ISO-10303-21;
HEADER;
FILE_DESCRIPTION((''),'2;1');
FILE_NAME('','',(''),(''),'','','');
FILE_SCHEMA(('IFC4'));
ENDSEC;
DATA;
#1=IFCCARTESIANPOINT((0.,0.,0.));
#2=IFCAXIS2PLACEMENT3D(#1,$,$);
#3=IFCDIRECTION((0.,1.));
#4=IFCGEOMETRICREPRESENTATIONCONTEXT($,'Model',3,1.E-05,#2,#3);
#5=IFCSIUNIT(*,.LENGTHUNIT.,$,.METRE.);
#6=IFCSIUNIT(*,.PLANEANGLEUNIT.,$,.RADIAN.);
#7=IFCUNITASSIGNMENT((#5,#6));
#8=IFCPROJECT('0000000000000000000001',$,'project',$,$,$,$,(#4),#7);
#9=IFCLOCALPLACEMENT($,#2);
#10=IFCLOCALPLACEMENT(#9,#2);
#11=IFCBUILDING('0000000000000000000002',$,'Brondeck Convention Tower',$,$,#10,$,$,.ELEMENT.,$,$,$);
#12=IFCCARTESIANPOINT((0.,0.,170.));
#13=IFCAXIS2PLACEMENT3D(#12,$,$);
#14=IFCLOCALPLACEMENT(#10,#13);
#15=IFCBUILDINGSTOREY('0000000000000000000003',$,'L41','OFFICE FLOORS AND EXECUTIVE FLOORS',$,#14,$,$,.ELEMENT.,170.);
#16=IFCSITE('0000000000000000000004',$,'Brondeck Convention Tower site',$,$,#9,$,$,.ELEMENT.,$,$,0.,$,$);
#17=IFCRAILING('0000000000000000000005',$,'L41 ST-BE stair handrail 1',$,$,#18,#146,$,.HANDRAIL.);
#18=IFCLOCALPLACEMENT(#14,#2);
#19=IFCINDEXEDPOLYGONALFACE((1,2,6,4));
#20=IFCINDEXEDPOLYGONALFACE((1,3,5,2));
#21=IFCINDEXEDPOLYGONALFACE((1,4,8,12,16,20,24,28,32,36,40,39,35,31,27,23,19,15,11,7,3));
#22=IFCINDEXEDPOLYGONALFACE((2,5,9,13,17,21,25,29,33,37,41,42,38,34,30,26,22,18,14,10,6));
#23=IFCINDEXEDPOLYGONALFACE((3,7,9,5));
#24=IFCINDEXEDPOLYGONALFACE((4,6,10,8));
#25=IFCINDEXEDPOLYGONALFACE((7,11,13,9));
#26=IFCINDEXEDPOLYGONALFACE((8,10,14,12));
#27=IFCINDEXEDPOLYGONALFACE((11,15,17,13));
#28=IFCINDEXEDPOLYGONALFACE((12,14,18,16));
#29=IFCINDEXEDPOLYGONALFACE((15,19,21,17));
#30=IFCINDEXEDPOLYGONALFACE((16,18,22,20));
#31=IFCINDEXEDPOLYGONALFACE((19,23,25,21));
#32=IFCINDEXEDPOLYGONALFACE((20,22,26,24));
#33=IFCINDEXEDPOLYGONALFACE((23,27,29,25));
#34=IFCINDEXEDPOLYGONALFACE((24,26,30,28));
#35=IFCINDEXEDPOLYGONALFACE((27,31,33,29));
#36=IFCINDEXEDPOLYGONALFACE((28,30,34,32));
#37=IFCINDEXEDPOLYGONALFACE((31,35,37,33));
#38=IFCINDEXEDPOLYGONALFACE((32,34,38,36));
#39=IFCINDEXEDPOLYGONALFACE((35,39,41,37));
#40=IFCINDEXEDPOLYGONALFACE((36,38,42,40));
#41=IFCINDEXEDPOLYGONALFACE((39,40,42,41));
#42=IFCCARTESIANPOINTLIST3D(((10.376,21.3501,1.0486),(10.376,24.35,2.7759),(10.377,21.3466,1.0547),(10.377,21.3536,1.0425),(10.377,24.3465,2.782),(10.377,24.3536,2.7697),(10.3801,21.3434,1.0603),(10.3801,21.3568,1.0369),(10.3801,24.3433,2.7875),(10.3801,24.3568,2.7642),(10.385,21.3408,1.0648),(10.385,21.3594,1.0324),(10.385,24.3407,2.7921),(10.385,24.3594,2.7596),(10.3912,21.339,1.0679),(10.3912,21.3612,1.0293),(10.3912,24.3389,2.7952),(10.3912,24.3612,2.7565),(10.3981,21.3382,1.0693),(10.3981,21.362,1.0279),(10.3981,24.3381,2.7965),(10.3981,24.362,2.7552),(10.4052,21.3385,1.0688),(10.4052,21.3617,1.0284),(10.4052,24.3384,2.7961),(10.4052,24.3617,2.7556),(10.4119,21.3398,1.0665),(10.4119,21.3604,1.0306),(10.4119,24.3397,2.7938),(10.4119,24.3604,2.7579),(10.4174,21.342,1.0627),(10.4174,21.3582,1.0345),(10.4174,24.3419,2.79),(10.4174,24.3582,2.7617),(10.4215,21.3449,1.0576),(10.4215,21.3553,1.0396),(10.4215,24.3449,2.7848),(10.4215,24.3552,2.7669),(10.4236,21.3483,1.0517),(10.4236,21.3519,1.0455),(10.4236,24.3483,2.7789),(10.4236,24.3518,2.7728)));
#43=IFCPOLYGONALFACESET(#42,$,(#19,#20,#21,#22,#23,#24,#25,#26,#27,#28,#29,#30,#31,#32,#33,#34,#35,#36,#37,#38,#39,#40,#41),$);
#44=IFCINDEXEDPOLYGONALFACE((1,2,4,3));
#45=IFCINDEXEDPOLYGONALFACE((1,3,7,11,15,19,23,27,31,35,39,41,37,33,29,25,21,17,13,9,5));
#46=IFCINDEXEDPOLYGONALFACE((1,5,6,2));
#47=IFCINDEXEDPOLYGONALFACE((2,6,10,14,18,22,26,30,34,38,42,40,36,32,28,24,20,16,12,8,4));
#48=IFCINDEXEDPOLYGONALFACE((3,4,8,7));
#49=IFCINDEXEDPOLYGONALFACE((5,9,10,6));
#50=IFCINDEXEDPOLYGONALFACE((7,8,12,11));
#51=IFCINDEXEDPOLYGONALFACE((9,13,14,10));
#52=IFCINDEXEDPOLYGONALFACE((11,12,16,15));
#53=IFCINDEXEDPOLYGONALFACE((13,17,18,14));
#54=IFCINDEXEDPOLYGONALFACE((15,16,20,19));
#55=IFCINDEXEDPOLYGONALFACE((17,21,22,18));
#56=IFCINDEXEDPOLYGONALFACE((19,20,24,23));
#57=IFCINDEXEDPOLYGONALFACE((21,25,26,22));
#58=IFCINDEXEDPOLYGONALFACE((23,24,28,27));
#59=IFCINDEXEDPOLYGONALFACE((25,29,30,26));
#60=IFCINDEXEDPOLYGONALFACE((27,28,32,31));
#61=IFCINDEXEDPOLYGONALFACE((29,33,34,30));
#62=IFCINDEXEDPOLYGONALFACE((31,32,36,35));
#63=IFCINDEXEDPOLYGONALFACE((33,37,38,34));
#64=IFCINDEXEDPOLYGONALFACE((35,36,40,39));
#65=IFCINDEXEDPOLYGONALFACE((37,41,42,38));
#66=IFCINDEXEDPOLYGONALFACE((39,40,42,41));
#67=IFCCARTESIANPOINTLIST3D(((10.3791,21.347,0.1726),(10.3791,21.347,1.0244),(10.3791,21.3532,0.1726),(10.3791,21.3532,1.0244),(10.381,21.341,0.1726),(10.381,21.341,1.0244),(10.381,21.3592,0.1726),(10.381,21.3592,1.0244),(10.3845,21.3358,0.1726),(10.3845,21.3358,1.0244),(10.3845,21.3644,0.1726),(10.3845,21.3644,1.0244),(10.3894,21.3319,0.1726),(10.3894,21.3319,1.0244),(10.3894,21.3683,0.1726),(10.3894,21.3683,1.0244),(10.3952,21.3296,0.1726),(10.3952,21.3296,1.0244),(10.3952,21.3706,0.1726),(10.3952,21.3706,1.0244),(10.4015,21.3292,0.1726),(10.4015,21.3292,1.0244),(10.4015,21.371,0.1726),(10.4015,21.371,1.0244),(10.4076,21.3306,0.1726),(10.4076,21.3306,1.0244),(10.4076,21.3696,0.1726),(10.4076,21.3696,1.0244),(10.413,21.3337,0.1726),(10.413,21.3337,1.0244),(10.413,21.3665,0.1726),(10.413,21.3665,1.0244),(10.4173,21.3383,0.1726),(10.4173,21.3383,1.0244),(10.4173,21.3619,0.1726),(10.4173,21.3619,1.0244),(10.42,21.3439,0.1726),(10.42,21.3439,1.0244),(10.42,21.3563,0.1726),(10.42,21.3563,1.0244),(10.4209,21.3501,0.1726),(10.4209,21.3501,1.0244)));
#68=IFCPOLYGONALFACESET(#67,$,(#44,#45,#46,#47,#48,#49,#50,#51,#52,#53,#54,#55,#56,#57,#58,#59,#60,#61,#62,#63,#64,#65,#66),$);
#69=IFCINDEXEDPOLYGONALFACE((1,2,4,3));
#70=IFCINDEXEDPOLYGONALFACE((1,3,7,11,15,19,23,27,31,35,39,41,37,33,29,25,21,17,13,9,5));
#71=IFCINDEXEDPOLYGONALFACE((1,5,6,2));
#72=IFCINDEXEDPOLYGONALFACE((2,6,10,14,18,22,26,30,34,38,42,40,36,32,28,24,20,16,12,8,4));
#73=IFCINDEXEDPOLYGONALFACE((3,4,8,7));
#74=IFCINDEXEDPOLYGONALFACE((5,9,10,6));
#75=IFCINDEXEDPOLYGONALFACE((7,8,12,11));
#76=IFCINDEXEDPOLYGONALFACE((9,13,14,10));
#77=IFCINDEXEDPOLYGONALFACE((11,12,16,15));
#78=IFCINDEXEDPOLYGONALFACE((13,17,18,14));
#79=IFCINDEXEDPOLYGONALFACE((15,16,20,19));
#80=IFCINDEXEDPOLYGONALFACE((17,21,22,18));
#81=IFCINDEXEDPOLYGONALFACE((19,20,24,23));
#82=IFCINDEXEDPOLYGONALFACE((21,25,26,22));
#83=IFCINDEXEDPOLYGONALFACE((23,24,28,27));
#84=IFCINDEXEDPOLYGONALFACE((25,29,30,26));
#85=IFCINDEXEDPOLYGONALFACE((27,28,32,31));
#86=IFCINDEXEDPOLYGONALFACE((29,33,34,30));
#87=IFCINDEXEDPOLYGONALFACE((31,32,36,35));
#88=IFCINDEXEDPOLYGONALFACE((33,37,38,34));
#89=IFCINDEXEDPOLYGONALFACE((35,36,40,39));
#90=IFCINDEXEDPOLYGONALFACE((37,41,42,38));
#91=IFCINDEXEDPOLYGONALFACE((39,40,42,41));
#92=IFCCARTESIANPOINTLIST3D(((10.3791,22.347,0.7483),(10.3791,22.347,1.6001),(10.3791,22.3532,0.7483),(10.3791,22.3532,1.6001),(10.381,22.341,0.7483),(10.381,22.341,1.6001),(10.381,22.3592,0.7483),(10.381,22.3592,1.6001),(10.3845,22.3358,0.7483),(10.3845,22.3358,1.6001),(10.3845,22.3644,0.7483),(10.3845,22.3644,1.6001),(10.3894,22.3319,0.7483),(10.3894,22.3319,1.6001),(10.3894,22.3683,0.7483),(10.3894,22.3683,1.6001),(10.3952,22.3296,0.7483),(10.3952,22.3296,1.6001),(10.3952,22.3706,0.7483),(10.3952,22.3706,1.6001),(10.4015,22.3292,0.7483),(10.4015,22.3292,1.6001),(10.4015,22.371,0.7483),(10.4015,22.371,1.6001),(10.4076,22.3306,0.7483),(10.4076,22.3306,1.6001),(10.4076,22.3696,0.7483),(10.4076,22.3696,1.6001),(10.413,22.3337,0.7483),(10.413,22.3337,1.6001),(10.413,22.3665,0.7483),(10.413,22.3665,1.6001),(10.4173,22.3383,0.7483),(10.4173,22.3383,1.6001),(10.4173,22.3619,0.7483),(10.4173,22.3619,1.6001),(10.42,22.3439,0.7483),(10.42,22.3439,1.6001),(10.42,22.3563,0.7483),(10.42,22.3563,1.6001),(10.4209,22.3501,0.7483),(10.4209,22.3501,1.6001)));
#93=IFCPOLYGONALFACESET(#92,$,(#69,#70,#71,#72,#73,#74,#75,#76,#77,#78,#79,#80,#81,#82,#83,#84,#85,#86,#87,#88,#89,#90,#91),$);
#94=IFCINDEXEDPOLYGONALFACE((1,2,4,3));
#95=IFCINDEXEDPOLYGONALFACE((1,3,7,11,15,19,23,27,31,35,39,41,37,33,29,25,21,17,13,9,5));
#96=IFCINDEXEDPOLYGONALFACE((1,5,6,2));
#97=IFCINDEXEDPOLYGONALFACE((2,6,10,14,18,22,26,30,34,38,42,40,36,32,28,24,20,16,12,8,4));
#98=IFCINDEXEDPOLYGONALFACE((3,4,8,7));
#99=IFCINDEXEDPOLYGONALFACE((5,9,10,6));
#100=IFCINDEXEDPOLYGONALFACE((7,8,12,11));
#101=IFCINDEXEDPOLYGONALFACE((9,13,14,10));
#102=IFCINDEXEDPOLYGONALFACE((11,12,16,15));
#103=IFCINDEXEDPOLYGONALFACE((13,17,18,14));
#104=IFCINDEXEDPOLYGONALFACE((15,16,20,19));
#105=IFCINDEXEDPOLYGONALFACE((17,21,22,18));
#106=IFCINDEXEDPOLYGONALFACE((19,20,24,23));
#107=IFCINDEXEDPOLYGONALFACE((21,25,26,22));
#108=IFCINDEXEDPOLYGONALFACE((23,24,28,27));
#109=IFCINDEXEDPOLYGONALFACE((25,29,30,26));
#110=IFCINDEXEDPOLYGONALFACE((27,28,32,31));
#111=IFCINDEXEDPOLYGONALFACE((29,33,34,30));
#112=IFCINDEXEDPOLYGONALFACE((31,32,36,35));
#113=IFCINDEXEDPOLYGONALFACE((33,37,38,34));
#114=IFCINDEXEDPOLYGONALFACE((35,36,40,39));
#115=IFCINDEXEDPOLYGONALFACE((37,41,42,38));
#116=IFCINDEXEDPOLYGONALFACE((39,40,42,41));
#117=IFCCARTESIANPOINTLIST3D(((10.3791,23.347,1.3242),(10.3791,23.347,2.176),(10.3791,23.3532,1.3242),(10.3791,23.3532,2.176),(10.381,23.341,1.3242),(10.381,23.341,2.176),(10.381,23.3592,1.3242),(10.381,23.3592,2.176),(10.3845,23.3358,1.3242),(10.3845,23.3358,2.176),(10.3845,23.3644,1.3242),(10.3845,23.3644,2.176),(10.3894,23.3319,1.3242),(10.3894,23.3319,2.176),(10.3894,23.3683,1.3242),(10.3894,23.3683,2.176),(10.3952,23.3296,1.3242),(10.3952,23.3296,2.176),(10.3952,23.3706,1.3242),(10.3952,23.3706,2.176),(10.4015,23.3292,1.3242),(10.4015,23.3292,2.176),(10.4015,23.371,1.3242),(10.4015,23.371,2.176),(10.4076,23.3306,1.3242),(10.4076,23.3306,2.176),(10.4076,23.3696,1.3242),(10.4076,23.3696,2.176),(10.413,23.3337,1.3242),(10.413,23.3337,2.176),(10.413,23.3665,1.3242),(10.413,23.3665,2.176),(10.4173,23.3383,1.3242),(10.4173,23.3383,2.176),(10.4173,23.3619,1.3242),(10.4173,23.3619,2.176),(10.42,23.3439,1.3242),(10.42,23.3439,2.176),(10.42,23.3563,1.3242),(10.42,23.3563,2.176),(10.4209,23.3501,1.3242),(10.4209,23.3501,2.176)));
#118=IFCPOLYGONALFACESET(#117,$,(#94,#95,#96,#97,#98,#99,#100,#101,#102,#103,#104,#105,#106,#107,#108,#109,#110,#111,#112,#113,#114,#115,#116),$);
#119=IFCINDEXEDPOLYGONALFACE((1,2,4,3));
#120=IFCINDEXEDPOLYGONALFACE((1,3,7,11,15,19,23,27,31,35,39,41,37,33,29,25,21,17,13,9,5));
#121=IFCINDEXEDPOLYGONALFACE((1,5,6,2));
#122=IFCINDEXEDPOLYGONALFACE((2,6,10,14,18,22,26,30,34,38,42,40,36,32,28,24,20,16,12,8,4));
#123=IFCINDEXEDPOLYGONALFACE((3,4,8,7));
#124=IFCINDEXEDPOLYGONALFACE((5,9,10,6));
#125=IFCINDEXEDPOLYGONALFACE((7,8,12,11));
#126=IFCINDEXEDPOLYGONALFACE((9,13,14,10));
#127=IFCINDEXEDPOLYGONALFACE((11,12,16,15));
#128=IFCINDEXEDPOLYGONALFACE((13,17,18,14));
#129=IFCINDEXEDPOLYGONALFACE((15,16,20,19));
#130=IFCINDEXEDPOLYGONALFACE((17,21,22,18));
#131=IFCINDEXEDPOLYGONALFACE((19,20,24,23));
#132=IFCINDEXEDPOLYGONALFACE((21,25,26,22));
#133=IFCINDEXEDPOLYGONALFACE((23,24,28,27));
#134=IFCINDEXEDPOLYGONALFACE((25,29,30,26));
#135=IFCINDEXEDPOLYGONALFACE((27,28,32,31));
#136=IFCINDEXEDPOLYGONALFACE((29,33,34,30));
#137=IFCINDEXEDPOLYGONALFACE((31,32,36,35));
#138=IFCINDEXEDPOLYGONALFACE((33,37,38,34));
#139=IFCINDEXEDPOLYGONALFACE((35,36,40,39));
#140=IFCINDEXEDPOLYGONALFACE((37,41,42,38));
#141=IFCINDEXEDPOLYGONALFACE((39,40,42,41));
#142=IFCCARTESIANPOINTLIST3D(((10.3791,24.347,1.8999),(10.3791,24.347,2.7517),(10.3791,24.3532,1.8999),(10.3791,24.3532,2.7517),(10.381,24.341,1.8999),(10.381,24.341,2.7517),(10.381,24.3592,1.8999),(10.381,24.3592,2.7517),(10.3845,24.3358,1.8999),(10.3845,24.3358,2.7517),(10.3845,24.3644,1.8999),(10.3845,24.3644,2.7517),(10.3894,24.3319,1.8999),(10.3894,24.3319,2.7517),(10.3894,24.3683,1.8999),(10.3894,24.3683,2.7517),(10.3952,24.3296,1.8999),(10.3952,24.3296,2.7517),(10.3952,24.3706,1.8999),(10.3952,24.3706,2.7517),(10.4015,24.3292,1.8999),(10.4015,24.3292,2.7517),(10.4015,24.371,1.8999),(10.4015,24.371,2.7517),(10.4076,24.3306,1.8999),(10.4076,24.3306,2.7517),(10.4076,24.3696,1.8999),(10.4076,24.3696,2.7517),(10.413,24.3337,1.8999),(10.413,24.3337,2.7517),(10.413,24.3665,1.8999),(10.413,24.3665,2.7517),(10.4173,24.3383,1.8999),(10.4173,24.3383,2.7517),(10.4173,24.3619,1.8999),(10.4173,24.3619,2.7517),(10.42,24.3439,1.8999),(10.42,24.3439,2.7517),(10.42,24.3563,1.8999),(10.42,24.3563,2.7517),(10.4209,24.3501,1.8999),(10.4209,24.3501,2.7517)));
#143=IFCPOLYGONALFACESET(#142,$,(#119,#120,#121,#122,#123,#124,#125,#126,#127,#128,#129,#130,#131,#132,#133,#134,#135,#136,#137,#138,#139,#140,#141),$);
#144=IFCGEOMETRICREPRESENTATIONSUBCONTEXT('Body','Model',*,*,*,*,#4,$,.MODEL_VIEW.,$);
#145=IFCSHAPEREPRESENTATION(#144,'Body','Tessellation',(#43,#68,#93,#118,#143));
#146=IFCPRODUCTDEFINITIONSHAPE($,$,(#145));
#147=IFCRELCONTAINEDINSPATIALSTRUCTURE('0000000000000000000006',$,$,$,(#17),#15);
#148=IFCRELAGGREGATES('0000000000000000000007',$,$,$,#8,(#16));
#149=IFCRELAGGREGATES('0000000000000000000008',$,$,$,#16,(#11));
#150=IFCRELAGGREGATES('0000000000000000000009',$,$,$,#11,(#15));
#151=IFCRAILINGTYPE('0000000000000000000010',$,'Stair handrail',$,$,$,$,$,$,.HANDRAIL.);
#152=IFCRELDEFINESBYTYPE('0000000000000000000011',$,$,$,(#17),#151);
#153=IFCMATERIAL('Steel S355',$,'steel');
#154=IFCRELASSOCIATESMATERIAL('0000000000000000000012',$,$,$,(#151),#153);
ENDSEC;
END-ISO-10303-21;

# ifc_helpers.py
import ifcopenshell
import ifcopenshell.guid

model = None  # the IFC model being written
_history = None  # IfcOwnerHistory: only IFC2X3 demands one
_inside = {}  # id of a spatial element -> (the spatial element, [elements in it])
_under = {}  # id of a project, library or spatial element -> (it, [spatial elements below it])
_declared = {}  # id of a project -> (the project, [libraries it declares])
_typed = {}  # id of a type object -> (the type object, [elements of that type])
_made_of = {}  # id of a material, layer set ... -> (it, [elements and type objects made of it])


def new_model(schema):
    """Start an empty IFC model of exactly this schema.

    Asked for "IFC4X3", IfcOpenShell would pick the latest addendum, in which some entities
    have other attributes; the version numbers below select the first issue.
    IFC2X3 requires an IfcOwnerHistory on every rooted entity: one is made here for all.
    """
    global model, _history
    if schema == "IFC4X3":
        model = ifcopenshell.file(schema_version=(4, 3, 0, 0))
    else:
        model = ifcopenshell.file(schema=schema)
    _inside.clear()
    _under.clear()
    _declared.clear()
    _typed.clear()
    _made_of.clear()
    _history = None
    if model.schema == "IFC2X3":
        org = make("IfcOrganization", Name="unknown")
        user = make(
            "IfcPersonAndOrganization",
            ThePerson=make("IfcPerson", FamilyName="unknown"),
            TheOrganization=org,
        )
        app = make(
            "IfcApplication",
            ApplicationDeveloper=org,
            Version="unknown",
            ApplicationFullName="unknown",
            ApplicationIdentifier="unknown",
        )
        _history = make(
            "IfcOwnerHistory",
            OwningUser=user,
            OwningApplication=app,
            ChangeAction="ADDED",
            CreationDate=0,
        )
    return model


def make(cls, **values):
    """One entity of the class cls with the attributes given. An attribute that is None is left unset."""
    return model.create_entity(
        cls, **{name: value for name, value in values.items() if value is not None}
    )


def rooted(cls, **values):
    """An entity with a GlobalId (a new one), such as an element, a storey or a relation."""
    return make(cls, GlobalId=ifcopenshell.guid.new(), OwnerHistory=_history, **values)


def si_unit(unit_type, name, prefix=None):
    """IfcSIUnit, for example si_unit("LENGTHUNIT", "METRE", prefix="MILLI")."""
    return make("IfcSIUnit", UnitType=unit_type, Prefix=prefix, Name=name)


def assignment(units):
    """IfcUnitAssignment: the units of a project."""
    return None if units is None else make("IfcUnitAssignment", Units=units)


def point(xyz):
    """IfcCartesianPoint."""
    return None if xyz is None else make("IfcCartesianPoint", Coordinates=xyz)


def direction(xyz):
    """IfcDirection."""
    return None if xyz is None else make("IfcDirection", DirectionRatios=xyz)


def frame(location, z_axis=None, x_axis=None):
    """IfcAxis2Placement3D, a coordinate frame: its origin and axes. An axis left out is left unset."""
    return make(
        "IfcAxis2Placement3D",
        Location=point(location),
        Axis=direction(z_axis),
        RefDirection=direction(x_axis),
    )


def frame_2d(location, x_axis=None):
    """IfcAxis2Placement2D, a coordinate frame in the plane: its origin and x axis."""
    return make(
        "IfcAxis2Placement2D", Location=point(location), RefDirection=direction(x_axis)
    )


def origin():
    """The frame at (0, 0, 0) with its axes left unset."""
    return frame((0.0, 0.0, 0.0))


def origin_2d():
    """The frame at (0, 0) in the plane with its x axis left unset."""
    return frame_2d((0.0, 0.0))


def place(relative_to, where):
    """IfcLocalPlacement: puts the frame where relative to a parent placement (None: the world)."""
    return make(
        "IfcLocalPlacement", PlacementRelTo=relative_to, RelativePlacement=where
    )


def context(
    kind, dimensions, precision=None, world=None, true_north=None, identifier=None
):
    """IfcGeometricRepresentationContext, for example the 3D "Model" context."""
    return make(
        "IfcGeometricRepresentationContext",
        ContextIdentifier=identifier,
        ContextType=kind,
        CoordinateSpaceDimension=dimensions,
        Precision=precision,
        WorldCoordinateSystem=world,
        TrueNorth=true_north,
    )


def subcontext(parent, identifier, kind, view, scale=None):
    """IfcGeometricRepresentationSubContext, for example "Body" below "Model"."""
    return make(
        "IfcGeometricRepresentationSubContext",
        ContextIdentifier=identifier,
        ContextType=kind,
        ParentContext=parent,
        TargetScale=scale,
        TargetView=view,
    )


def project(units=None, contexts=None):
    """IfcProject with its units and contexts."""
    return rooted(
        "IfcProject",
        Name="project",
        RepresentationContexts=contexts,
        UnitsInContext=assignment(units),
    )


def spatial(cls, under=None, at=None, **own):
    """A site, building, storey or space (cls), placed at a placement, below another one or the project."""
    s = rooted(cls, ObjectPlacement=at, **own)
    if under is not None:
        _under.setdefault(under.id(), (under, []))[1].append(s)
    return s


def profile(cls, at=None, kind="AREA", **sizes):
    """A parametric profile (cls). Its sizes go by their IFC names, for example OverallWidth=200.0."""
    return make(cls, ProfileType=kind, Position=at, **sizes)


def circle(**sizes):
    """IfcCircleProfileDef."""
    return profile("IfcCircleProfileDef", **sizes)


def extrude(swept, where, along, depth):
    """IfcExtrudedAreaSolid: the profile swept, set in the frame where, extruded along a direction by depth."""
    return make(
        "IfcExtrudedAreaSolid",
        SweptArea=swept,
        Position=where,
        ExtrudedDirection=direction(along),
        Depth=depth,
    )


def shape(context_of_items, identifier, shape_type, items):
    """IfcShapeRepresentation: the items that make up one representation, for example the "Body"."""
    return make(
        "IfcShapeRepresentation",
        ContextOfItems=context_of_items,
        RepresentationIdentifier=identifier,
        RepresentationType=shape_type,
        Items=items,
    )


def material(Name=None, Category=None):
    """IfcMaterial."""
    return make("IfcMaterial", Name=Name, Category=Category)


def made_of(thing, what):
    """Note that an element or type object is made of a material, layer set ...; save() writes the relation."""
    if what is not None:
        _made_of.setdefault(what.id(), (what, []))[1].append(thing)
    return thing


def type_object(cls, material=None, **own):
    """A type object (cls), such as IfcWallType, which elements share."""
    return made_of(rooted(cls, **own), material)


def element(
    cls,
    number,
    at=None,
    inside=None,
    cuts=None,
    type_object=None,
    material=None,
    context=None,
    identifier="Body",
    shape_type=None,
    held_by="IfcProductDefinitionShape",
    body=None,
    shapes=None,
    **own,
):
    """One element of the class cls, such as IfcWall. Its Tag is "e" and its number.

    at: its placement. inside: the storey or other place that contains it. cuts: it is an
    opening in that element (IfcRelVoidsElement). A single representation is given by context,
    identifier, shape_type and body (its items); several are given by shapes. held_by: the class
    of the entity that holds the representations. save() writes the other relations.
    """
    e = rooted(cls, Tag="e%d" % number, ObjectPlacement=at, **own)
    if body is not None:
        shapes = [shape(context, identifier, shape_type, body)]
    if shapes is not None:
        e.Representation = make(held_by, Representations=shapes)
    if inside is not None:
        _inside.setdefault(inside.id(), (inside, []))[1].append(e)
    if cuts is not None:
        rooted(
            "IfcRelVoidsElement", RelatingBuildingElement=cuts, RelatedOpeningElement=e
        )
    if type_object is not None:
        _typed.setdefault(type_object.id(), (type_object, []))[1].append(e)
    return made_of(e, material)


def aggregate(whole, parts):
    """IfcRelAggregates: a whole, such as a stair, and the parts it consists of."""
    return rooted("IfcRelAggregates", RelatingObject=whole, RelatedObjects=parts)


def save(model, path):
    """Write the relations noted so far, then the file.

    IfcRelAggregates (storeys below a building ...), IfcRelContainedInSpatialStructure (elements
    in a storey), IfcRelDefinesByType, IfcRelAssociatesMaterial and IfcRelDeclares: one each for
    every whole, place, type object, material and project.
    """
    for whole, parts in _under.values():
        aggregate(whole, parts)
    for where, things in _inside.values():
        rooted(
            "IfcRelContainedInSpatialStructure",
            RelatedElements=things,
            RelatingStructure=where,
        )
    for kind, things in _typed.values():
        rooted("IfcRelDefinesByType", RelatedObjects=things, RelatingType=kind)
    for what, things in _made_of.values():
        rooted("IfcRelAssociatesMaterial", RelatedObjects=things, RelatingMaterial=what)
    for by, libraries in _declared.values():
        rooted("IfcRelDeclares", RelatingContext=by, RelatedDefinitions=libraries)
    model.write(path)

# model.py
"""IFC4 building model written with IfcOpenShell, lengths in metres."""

from ifc_helpers import new_model, si_unit, direction, frame, origin, origin_2d, place, context, subcontext, project, spatial, circle, extrude, material, type_object, element, save


model = new_model("IFC4")

# Units and contexts
model_context = context("Model", 3, precision=1e-05, world=origin(), true_north=direction((0.0, 1.0)))
body_context = subcontext(model_context, "Body", "Model", "MODEL_VIEW")
ifc_project = project(units=[si_unit("LENGTHUNIT", "METRE"), si_unit("PLANEANGLEUNIT", "RADIAN")], contexts=[model_context])

# Site, building, storey
site_placement = place(None, origin())
site = spatial("IfcSite", under=ifc_project, at=site_placement, Name="Brondeck Convention Tower site", CompositionType="ELEMENT", RefElevation=0.0)
building_placement = place(site_placement, origin())
building = spatial("IfcBuilding", under=site, at=building_placement, Name="Brondeck Convention Tower", CompositionType="ELEMENT")
storey_placement = place(building_placement, frame((0.0, 0.0, 170.0)))
storey = spatial("IfcBuildingStorey", under=building, at=storey_placement, Name="L41", Description="OFFICE FLOORS AND EXECUTIVE FLOORS", CompositionType="ELEMENT", Elevation=170.0)

# Shared definitions
ifc_material_1 = material(Name="Steel S355", Category="steel")

# Railing
railing_type = type_object("IfcRailingType", Name="Stair handrail", PredefinedType="HANDRAIL", material=ifc_material_1)
railing_placement = place(storey_placement, frame((10.3999, 21.3501, 0.1726)))
element("IfcRailing", 1, at=railing_placement, inside=storey, type_object=railing_type, Name="L41 ST-BE stair handrail 1", PredefinedType="HANDRAIL", context=body_context, shape_type="SweptSolid", body=[
    extrude(circle(Radius=0.0239, at=origin_2d()), frame((0.0, 0.0, 0.876), z_axis=(0.0, 0.86662, 0.498969), x_axis=(-1.0, 0.0, 0.0)), (0.0, 0.0, 1.0), 3.4617),
    extrude(circle(Radius=0.021, at=origin_2d()), origin(), (0.0, 0.0, 1.0), 0.8518),
    extrude(circle(Radius=0.021, at=origin_2d()), frame((0.0, 1.0, 0.5757)), (0.0, 0.0, 1.0), 0.8518),
    extrude(circle(Radius=0.021, at=origin_2d()), frame((0.0, 2.0, 1.1516)), (0.0, 0.0, 1.0), 0.8518),
    extrude(circle(Radius=0.021, at=origin_2d()), frame((0.0, 3.0, 1.7273)), (0.0, 0.0, 1.0), 0.8518),
])

save(model, "model.ifc")
